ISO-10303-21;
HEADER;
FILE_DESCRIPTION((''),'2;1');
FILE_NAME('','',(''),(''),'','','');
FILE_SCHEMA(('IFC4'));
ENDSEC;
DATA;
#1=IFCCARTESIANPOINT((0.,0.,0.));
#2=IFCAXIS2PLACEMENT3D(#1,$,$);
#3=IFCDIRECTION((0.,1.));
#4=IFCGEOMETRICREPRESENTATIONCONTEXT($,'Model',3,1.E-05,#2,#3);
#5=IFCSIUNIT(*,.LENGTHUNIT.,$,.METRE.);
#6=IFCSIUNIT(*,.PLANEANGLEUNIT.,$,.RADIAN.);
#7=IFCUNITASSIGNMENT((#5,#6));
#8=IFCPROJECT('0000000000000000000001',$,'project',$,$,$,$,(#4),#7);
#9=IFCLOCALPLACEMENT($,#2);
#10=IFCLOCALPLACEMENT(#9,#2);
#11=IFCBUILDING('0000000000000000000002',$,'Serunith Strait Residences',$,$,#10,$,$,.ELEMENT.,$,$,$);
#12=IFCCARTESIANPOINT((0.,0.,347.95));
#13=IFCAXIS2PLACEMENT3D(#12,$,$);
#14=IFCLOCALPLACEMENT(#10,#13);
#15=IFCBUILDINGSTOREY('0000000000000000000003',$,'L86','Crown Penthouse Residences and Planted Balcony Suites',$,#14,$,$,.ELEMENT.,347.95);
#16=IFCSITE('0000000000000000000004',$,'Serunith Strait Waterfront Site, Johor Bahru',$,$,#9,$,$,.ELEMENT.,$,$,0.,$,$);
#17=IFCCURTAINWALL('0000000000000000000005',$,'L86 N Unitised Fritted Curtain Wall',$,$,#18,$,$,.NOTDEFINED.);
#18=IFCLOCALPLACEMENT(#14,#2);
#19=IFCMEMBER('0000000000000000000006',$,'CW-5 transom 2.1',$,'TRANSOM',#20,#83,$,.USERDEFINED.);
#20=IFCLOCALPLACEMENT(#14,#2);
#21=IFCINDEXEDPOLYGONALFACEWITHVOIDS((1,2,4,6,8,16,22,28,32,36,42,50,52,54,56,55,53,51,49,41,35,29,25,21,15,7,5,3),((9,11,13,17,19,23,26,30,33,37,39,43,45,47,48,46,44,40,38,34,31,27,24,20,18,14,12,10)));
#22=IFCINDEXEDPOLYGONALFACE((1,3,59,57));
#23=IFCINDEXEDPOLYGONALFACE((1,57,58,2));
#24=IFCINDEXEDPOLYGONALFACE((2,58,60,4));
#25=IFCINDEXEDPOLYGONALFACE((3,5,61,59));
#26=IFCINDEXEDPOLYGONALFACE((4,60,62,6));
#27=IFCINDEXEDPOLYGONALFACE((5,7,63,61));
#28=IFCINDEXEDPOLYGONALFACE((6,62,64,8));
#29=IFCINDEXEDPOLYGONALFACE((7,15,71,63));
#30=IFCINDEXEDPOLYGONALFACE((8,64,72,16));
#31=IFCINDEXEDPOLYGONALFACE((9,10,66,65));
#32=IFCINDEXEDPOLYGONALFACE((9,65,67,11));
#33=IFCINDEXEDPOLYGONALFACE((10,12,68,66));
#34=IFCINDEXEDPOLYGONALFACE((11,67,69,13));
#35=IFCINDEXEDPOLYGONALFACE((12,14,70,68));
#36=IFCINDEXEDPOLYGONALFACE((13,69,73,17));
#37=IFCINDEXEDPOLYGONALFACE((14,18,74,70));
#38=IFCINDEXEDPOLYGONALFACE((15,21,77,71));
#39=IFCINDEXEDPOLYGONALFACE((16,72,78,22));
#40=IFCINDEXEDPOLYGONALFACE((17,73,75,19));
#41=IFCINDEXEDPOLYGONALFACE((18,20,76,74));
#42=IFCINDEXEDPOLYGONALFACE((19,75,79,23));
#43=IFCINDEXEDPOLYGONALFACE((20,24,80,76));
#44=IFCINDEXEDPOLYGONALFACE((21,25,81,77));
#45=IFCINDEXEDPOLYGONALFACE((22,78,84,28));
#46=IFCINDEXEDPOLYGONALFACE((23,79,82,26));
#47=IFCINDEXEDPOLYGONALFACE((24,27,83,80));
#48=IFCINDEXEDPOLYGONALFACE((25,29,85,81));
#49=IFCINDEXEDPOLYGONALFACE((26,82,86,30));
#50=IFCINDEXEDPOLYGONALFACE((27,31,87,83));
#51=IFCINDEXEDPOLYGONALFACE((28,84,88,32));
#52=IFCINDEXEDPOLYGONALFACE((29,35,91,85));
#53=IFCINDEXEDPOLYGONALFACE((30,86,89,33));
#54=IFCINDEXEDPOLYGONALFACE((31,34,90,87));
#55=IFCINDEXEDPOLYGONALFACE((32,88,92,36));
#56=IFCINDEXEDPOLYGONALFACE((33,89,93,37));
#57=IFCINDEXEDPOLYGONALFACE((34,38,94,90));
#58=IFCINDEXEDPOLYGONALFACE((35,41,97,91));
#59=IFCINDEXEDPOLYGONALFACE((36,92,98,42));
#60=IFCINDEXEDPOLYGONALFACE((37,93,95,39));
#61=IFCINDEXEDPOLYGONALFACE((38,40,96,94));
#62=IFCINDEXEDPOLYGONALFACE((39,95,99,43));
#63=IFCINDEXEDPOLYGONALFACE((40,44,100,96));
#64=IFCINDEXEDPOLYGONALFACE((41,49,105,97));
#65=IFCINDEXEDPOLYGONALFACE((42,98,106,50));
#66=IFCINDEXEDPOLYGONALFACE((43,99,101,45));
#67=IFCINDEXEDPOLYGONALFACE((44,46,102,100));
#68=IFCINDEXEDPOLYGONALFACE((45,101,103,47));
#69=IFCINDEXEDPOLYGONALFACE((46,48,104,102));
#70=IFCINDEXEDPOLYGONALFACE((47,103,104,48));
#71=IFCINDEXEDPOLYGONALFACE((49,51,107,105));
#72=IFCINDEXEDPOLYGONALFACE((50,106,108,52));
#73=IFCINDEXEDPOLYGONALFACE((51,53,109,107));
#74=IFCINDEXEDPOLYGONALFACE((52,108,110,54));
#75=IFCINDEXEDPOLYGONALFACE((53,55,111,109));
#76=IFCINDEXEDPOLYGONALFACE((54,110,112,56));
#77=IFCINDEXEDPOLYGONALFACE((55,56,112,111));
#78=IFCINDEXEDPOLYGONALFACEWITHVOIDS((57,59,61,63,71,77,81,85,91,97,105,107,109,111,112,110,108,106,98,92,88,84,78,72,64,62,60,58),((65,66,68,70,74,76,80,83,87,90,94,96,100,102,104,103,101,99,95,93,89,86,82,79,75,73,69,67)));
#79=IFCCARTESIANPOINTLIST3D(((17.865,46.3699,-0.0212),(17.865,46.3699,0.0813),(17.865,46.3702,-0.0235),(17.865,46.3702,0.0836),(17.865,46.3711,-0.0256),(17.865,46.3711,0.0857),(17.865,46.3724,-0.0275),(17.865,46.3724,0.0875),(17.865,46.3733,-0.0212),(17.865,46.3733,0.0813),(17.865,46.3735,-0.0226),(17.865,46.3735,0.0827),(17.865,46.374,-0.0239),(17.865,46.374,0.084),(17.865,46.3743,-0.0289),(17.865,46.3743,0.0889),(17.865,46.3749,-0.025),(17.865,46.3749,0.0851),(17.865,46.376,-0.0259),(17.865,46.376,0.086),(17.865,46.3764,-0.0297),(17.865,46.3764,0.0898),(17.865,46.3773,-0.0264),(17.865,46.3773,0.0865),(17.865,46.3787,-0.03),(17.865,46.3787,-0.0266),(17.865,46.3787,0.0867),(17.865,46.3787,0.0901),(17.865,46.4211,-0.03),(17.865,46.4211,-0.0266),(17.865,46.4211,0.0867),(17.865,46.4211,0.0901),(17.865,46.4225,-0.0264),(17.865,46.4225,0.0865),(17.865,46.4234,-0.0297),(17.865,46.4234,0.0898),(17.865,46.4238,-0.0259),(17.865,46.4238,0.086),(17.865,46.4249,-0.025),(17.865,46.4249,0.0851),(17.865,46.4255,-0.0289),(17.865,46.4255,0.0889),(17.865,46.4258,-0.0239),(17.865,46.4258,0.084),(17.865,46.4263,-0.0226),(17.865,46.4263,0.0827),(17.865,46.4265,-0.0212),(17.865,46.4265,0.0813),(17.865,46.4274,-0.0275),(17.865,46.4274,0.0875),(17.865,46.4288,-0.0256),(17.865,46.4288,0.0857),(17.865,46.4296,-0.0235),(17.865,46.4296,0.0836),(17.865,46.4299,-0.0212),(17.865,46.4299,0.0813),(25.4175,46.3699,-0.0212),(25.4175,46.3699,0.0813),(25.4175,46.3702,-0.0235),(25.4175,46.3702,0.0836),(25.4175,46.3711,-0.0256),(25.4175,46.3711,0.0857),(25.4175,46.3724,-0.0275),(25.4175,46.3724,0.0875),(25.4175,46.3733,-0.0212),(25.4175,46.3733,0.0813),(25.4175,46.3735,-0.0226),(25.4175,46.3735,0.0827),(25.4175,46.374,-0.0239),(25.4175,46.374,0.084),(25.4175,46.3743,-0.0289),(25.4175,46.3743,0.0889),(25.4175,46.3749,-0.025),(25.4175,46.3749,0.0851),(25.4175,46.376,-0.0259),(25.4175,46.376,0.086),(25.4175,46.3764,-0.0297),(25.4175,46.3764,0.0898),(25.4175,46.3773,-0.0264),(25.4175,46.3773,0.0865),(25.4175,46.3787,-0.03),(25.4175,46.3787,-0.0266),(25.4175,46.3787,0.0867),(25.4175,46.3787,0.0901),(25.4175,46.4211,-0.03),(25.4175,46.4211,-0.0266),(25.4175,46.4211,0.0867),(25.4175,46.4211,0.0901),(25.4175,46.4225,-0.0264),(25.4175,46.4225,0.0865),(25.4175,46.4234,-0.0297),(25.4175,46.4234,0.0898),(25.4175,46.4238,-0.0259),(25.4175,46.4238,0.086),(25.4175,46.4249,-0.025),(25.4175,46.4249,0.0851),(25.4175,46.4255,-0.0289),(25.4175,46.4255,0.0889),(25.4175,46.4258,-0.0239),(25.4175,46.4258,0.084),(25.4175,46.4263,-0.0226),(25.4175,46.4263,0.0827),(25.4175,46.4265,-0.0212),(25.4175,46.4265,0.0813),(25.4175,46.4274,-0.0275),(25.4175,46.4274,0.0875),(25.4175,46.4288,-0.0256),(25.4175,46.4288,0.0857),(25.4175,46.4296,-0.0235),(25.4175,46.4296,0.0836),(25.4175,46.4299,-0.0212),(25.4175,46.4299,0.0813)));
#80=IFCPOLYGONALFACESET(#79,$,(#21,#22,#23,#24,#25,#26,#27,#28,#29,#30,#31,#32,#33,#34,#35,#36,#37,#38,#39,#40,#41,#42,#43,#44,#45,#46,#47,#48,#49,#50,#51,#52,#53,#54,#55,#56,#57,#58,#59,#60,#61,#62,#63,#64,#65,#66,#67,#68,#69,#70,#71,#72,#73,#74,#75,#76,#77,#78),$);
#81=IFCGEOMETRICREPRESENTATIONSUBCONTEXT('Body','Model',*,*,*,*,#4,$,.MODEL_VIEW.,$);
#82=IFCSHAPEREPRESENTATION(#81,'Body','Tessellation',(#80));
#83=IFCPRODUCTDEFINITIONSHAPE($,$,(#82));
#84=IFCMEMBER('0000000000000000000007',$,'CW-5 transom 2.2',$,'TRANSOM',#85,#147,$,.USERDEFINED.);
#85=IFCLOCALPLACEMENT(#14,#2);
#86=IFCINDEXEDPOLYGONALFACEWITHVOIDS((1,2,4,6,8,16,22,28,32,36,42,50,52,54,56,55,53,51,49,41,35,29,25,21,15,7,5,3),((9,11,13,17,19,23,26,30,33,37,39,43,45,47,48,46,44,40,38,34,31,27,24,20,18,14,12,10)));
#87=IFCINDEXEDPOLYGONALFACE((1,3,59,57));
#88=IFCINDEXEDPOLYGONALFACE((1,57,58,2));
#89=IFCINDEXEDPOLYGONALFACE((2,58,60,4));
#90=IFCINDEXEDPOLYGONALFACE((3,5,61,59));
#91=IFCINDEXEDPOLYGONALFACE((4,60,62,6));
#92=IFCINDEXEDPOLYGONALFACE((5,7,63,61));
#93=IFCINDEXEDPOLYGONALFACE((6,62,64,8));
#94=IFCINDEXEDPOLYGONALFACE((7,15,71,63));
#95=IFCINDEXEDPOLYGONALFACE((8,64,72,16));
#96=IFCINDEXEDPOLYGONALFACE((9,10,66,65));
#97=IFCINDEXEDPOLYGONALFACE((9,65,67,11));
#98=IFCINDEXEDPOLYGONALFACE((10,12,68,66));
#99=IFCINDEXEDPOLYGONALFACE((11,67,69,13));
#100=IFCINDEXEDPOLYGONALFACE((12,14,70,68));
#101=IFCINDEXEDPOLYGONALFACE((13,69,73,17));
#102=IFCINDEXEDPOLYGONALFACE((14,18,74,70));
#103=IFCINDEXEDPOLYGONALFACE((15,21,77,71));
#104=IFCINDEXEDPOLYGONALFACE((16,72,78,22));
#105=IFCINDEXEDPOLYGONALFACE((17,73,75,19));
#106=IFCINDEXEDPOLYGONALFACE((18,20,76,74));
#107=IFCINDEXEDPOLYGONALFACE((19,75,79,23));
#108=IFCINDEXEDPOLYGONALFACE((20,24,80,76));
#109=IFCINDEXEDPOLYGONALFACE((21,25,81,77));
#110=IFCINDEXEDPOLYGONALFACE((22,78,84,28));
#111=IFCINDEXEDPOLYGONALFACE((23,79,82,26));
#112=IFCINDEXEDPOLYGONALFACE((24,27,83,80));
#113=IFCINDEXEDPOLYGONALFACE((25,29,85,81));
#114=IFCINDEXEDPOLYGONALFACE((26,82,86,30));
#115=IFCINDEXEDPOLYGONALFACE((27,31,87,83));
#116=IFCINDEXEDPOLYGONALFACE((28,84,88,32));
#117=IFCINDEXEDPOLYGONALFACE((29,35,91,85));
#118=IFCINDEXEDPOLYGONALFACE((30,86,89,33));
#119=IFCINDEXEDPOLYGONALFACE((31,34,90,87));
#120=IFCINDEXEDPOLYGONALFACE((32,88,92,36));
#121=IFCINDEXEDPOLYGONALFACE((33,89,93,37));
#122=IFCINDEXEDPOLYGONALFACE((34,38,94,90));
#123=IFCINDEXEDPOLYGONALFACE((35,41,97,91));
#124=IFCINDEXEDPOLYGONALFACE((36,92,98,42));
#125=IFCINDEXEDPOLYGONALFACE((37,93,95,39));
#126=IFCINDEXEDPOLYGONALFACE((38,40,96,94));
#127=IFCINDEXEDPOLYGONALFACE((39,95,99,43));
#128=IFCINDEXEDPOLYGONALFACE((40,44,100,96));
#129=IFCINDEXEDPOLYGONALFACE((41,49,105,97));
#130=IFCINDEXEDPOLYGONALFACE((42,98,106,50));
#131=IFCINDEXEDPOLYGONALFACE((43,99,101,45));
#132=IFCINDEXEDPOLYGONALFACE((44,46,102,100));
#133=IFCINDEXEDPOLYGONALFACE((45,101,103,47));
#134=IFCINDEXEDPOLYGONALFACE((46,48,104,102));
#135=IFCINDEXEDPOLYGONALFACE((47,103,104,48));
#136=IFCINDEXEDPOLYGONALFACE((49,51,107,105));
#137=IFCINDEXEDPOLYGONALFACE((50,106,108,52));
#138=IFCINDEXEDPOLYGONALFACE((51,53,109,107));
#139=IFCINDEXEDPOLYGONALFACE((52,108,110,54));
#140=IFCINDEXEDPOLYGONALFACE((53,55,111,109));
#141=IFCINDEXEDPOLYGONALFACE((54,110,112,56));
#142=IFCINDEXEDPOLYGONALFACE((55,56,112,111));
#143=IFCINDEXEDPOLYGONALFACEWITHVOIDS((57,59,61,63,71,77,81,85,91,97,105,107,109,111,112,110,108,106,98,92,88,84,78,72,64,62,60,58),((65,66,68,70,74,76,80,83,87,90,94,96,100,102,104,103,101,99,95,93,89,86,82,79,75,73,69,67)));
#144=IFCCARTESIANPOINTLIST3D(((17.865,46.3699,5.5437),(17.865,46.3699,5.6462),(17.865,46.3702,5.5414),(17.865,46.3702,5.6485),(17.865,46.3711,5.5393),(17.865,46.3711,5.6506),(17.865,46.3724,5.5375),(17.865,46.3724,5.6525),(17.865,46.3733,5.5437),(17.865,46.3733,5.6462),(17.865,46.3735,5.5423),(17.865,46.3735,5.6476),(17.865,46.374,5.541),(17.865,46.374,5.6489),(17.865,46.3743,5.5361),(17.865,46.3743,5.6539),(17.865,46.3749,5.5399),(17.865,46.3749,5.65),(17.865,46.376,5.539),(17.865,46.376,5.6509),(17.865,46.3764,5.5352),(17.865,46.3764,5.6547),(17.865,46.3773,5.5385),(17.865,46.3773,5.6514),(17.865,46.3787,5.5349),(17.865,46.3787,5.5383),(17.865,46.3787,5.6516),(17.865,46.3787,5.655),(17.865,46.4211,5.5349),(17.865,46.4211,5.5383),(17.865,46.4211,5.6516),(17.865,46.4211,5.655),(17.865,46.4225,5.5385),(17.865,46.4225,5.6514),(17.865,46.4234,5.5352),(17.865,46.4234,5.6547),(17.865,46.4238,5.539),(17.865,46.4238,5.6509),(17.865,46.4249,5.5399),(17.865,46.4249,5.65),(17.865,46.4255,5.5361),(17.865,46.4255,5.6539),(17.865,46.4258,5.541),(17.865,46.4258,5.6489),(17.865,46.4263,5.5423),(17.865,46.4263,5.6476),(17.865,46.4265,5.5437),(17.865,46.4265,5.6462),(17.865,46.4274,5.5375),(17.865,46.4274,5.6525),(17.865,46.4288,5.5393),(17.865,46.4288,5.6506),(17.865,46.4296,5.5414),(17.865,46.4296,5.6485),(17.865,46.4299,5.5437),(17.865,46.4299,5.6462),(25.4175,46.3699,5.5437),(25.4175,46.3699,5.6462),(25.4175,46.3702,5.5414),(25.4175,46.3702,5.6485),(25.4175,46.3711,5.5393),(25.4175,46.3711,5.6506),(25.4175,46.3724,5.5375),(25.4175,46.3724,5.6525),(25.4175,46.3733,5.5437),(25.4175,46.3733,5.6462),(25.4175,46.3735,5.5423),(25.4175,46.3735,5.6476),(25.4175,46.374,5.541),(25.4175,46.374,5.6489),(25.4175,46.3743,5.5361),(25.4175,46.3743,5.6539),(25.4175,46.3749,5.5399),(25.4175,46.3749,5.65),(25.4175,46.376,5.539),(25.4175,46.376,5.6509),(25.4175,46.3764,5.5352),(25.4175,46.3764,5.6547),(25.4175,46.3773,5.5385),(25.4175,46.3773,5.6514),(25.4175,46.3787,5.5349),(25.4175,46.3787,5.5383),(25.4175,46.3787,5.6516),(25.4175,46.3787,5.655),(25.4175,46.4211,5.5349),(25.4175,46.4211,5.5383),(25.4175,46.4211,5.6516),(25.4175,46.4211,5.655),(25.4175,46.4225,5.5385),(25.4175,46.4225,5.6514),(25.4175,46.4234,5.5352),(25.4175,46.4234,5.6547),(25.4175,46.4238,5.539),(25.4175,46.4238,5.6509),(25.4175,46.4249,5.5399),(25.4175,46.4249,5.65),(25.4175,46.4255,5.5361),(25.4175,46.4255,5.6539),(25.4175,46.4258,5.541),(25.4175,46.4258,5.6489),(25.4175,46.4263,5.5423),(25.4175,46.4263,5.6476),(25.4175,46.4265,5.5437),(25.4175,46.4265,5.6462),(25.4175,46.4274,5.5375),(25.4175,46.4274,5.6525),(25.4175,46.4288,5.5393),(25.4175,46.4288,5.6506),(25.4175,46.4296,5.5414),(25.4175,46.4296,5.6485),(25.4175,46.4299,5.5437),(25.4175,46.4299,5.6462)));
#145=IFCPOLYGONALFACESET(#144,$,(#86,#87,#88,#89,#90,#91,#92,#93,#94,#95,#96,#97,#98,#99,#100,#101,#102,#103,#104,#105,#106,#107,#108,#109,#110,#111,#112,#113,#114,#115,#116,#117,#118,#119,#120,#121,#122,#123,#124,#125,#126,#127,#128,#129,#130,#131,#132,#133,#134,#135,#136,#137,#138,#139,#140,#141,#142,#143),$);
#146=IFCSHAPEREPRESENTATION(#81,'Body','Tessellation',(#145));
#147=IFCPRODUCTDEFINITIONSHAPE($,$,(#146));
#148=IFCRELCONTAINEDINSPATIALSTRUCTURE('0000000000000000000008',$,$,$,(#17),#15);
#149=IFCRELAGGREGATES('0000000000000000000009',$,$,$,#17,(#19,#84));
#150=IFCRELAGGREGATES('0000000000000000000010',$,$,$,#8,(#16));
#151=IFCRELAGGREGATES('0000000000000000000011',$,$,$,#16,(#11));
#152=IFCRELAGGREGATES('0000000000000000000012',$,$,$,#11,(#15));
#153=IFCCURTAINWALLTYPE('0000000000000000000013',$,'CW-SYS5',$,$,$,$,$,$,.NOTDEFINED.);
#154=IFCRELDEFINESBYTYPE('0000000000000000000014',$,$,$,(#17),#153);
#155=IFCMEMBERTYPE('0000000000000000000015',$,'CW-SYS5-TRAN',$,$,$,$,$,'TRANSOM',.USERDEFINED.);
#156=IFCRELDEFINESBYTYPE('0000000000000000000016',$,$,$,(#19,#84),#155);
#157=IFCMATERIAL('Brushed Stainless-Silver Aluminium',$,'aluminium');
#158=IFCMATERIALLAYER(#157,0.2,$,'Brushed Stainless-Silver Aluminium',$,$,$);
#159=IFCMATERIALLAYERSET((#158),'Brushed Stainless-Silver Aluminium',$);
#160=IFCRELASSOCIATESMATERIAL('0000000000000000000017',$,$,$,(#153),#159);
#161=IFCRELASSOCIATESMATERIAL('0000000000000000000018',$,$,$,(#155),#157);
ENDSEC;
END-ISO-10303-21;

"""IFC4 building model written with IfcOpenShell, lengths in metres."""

from ifc_helpers import new_model, si_unit, direction, frame, origin, origin_2d, place, context, subcontext, project, spatial, hollow_rectangle, extrude, source, transform, mapped, material, layer, layer_set, material_profile, profile_set, type_object, element, aggregate, save


model = new_model("IFC4")

# Units and contexts
model_context = context("Model", 3, precision=1e-05, world=origin(), true_north=direction((0.0, 1.0)))
body_context = subcontext(model_context, "Body", "Model", "MODEL_VIEW")
ifc_project = project(units=[si_unit("LENGTHUNIT", "METRE"), si_unit("PLANEANGLEUNIT", "RADIAN")], contexts=[model_context])

# Site, building, storey
site_placement = place(None, origin())
site = spatial("IfcSite", under=ifc_project, at=site_placement, Name="Serunith Strait Waterfront Site, Johor Bahru", CompositionType="ELEMENT", RefElevation=0.0)
building_placement = place(site_placement, origin())
building = spatial("IfcBuilding", under=site, at=building_placement, Name="Serunith Strait Residences", CompositionType="ELEMENT")
storey_placement = place(building_placement, frame((0.0, 0.0, 347.95)))
storey = spatial("IfcBuildingStorey", under=building, at=storey_placement, Name="L86", Description="Crown Penthouse Residences and Planted Balcony Suites", CompositionType="ELEMENT", Elevation=347.95)

# Curtain wall, members
ifc_material_1 = material(Name="Brushed Stainless-Silver Aluminium", Category="aluminium")
ifc_layer_1 = layer(ifc_material_1, 0.2, Name="Brushed Stainless-Silver Aluminium")
ifc_layer_set_1 = layer_set([ifc_layer_1], Name="Brushed Stainless-Silver Aluminium")
curtain_wall_type = type_object("IfcCurtainWallType", Name="CW-SYS5", PredefinedType="NOTDEFINED", material=ifc_layer_set_1)
curtain_wall_placement = place(storey_placement, origin())
curtain_wall = element("IfcCurtainWall", 1, at=curtain_wall_placement, inside=storey, type_object=curtain_wall_type, Name="L86 N Unitised Fritted Curtain Wall", PredefinedType="NOTDEFINED")
ifc_material_profile_1 = material_profile(ifc_material_1, hollow_rectangle(XDim=0.0601, YDim=0.1201, WallThickness=0.0034, InnerFilletRadius=0.0054, OuterFilletRadius=0.0088, at=origin_2d()), Name="ALU 120x60x3.5")
ifc_profile_set_1 = profile_set([ifc_material_profile_1], Name="Brushed Stainless-Silver Aluminium")
member_type_1 = type_object("IfcMemberType", Name="CW-SYS5-TRAN", ElementType="TRANSOM", PredefinedType="USERDEFINED", material=ifc_profile_set_1)
shared_shape_1 = source(origin(), body_context, "Body", "SweptSolid", [
    extrude(hollow_rectangle(XDim=0.0601, YDim=0.1201, WallThickness=0.0034, InnerFilletRadius=0.0054, OuterFilletRadius=0.0088, at=origin_2d()), origin(), (0.0, 0.0, 1.0), 7.5525),
])
member_1_placement = place(storey_placement, frame((25.4175, 46.3999, 0.03), z_axis=(-1.0, 0.0, 0.0), x_axis=(0.0, -1.0, 0.0)))
member_1 = element("IfcMember", 2, at=member_1_placement, type_object=member_type_1, Name="CW-5 transom 2.1", ObjectType="TRANSOM", PredefinedType="USERDEFINED", context=body_context, shape_type="MappedRepresentation", body=[
    mapped(shared_shape_1, transform((0.0, 0.0, 0.0), scale=1.0)),
])
member_2_placement = place(storey_placement, frame((25.4175, 46.3999, 5.595), z_axis=(-1.0, 0.0, 0.0), x_axis=(0.0, -1.0, 0.0)))
member_2 = element("IfcMember", 3, at=member_2_placement, type_object=member_type_1, Name="CW-5 transom 2.2", ObjectType="TRANSOM", PredefinedType="USERDEFINED", context=body_context, shape_type="MappedRepresentation", body=[
    mapped(shared_shape_1, transform((0.0, 0.0, 0.0), scale=1.0)),
])
aggregate(curtain_wall, [member_1, member_2])

save(model, "model.ifc")
